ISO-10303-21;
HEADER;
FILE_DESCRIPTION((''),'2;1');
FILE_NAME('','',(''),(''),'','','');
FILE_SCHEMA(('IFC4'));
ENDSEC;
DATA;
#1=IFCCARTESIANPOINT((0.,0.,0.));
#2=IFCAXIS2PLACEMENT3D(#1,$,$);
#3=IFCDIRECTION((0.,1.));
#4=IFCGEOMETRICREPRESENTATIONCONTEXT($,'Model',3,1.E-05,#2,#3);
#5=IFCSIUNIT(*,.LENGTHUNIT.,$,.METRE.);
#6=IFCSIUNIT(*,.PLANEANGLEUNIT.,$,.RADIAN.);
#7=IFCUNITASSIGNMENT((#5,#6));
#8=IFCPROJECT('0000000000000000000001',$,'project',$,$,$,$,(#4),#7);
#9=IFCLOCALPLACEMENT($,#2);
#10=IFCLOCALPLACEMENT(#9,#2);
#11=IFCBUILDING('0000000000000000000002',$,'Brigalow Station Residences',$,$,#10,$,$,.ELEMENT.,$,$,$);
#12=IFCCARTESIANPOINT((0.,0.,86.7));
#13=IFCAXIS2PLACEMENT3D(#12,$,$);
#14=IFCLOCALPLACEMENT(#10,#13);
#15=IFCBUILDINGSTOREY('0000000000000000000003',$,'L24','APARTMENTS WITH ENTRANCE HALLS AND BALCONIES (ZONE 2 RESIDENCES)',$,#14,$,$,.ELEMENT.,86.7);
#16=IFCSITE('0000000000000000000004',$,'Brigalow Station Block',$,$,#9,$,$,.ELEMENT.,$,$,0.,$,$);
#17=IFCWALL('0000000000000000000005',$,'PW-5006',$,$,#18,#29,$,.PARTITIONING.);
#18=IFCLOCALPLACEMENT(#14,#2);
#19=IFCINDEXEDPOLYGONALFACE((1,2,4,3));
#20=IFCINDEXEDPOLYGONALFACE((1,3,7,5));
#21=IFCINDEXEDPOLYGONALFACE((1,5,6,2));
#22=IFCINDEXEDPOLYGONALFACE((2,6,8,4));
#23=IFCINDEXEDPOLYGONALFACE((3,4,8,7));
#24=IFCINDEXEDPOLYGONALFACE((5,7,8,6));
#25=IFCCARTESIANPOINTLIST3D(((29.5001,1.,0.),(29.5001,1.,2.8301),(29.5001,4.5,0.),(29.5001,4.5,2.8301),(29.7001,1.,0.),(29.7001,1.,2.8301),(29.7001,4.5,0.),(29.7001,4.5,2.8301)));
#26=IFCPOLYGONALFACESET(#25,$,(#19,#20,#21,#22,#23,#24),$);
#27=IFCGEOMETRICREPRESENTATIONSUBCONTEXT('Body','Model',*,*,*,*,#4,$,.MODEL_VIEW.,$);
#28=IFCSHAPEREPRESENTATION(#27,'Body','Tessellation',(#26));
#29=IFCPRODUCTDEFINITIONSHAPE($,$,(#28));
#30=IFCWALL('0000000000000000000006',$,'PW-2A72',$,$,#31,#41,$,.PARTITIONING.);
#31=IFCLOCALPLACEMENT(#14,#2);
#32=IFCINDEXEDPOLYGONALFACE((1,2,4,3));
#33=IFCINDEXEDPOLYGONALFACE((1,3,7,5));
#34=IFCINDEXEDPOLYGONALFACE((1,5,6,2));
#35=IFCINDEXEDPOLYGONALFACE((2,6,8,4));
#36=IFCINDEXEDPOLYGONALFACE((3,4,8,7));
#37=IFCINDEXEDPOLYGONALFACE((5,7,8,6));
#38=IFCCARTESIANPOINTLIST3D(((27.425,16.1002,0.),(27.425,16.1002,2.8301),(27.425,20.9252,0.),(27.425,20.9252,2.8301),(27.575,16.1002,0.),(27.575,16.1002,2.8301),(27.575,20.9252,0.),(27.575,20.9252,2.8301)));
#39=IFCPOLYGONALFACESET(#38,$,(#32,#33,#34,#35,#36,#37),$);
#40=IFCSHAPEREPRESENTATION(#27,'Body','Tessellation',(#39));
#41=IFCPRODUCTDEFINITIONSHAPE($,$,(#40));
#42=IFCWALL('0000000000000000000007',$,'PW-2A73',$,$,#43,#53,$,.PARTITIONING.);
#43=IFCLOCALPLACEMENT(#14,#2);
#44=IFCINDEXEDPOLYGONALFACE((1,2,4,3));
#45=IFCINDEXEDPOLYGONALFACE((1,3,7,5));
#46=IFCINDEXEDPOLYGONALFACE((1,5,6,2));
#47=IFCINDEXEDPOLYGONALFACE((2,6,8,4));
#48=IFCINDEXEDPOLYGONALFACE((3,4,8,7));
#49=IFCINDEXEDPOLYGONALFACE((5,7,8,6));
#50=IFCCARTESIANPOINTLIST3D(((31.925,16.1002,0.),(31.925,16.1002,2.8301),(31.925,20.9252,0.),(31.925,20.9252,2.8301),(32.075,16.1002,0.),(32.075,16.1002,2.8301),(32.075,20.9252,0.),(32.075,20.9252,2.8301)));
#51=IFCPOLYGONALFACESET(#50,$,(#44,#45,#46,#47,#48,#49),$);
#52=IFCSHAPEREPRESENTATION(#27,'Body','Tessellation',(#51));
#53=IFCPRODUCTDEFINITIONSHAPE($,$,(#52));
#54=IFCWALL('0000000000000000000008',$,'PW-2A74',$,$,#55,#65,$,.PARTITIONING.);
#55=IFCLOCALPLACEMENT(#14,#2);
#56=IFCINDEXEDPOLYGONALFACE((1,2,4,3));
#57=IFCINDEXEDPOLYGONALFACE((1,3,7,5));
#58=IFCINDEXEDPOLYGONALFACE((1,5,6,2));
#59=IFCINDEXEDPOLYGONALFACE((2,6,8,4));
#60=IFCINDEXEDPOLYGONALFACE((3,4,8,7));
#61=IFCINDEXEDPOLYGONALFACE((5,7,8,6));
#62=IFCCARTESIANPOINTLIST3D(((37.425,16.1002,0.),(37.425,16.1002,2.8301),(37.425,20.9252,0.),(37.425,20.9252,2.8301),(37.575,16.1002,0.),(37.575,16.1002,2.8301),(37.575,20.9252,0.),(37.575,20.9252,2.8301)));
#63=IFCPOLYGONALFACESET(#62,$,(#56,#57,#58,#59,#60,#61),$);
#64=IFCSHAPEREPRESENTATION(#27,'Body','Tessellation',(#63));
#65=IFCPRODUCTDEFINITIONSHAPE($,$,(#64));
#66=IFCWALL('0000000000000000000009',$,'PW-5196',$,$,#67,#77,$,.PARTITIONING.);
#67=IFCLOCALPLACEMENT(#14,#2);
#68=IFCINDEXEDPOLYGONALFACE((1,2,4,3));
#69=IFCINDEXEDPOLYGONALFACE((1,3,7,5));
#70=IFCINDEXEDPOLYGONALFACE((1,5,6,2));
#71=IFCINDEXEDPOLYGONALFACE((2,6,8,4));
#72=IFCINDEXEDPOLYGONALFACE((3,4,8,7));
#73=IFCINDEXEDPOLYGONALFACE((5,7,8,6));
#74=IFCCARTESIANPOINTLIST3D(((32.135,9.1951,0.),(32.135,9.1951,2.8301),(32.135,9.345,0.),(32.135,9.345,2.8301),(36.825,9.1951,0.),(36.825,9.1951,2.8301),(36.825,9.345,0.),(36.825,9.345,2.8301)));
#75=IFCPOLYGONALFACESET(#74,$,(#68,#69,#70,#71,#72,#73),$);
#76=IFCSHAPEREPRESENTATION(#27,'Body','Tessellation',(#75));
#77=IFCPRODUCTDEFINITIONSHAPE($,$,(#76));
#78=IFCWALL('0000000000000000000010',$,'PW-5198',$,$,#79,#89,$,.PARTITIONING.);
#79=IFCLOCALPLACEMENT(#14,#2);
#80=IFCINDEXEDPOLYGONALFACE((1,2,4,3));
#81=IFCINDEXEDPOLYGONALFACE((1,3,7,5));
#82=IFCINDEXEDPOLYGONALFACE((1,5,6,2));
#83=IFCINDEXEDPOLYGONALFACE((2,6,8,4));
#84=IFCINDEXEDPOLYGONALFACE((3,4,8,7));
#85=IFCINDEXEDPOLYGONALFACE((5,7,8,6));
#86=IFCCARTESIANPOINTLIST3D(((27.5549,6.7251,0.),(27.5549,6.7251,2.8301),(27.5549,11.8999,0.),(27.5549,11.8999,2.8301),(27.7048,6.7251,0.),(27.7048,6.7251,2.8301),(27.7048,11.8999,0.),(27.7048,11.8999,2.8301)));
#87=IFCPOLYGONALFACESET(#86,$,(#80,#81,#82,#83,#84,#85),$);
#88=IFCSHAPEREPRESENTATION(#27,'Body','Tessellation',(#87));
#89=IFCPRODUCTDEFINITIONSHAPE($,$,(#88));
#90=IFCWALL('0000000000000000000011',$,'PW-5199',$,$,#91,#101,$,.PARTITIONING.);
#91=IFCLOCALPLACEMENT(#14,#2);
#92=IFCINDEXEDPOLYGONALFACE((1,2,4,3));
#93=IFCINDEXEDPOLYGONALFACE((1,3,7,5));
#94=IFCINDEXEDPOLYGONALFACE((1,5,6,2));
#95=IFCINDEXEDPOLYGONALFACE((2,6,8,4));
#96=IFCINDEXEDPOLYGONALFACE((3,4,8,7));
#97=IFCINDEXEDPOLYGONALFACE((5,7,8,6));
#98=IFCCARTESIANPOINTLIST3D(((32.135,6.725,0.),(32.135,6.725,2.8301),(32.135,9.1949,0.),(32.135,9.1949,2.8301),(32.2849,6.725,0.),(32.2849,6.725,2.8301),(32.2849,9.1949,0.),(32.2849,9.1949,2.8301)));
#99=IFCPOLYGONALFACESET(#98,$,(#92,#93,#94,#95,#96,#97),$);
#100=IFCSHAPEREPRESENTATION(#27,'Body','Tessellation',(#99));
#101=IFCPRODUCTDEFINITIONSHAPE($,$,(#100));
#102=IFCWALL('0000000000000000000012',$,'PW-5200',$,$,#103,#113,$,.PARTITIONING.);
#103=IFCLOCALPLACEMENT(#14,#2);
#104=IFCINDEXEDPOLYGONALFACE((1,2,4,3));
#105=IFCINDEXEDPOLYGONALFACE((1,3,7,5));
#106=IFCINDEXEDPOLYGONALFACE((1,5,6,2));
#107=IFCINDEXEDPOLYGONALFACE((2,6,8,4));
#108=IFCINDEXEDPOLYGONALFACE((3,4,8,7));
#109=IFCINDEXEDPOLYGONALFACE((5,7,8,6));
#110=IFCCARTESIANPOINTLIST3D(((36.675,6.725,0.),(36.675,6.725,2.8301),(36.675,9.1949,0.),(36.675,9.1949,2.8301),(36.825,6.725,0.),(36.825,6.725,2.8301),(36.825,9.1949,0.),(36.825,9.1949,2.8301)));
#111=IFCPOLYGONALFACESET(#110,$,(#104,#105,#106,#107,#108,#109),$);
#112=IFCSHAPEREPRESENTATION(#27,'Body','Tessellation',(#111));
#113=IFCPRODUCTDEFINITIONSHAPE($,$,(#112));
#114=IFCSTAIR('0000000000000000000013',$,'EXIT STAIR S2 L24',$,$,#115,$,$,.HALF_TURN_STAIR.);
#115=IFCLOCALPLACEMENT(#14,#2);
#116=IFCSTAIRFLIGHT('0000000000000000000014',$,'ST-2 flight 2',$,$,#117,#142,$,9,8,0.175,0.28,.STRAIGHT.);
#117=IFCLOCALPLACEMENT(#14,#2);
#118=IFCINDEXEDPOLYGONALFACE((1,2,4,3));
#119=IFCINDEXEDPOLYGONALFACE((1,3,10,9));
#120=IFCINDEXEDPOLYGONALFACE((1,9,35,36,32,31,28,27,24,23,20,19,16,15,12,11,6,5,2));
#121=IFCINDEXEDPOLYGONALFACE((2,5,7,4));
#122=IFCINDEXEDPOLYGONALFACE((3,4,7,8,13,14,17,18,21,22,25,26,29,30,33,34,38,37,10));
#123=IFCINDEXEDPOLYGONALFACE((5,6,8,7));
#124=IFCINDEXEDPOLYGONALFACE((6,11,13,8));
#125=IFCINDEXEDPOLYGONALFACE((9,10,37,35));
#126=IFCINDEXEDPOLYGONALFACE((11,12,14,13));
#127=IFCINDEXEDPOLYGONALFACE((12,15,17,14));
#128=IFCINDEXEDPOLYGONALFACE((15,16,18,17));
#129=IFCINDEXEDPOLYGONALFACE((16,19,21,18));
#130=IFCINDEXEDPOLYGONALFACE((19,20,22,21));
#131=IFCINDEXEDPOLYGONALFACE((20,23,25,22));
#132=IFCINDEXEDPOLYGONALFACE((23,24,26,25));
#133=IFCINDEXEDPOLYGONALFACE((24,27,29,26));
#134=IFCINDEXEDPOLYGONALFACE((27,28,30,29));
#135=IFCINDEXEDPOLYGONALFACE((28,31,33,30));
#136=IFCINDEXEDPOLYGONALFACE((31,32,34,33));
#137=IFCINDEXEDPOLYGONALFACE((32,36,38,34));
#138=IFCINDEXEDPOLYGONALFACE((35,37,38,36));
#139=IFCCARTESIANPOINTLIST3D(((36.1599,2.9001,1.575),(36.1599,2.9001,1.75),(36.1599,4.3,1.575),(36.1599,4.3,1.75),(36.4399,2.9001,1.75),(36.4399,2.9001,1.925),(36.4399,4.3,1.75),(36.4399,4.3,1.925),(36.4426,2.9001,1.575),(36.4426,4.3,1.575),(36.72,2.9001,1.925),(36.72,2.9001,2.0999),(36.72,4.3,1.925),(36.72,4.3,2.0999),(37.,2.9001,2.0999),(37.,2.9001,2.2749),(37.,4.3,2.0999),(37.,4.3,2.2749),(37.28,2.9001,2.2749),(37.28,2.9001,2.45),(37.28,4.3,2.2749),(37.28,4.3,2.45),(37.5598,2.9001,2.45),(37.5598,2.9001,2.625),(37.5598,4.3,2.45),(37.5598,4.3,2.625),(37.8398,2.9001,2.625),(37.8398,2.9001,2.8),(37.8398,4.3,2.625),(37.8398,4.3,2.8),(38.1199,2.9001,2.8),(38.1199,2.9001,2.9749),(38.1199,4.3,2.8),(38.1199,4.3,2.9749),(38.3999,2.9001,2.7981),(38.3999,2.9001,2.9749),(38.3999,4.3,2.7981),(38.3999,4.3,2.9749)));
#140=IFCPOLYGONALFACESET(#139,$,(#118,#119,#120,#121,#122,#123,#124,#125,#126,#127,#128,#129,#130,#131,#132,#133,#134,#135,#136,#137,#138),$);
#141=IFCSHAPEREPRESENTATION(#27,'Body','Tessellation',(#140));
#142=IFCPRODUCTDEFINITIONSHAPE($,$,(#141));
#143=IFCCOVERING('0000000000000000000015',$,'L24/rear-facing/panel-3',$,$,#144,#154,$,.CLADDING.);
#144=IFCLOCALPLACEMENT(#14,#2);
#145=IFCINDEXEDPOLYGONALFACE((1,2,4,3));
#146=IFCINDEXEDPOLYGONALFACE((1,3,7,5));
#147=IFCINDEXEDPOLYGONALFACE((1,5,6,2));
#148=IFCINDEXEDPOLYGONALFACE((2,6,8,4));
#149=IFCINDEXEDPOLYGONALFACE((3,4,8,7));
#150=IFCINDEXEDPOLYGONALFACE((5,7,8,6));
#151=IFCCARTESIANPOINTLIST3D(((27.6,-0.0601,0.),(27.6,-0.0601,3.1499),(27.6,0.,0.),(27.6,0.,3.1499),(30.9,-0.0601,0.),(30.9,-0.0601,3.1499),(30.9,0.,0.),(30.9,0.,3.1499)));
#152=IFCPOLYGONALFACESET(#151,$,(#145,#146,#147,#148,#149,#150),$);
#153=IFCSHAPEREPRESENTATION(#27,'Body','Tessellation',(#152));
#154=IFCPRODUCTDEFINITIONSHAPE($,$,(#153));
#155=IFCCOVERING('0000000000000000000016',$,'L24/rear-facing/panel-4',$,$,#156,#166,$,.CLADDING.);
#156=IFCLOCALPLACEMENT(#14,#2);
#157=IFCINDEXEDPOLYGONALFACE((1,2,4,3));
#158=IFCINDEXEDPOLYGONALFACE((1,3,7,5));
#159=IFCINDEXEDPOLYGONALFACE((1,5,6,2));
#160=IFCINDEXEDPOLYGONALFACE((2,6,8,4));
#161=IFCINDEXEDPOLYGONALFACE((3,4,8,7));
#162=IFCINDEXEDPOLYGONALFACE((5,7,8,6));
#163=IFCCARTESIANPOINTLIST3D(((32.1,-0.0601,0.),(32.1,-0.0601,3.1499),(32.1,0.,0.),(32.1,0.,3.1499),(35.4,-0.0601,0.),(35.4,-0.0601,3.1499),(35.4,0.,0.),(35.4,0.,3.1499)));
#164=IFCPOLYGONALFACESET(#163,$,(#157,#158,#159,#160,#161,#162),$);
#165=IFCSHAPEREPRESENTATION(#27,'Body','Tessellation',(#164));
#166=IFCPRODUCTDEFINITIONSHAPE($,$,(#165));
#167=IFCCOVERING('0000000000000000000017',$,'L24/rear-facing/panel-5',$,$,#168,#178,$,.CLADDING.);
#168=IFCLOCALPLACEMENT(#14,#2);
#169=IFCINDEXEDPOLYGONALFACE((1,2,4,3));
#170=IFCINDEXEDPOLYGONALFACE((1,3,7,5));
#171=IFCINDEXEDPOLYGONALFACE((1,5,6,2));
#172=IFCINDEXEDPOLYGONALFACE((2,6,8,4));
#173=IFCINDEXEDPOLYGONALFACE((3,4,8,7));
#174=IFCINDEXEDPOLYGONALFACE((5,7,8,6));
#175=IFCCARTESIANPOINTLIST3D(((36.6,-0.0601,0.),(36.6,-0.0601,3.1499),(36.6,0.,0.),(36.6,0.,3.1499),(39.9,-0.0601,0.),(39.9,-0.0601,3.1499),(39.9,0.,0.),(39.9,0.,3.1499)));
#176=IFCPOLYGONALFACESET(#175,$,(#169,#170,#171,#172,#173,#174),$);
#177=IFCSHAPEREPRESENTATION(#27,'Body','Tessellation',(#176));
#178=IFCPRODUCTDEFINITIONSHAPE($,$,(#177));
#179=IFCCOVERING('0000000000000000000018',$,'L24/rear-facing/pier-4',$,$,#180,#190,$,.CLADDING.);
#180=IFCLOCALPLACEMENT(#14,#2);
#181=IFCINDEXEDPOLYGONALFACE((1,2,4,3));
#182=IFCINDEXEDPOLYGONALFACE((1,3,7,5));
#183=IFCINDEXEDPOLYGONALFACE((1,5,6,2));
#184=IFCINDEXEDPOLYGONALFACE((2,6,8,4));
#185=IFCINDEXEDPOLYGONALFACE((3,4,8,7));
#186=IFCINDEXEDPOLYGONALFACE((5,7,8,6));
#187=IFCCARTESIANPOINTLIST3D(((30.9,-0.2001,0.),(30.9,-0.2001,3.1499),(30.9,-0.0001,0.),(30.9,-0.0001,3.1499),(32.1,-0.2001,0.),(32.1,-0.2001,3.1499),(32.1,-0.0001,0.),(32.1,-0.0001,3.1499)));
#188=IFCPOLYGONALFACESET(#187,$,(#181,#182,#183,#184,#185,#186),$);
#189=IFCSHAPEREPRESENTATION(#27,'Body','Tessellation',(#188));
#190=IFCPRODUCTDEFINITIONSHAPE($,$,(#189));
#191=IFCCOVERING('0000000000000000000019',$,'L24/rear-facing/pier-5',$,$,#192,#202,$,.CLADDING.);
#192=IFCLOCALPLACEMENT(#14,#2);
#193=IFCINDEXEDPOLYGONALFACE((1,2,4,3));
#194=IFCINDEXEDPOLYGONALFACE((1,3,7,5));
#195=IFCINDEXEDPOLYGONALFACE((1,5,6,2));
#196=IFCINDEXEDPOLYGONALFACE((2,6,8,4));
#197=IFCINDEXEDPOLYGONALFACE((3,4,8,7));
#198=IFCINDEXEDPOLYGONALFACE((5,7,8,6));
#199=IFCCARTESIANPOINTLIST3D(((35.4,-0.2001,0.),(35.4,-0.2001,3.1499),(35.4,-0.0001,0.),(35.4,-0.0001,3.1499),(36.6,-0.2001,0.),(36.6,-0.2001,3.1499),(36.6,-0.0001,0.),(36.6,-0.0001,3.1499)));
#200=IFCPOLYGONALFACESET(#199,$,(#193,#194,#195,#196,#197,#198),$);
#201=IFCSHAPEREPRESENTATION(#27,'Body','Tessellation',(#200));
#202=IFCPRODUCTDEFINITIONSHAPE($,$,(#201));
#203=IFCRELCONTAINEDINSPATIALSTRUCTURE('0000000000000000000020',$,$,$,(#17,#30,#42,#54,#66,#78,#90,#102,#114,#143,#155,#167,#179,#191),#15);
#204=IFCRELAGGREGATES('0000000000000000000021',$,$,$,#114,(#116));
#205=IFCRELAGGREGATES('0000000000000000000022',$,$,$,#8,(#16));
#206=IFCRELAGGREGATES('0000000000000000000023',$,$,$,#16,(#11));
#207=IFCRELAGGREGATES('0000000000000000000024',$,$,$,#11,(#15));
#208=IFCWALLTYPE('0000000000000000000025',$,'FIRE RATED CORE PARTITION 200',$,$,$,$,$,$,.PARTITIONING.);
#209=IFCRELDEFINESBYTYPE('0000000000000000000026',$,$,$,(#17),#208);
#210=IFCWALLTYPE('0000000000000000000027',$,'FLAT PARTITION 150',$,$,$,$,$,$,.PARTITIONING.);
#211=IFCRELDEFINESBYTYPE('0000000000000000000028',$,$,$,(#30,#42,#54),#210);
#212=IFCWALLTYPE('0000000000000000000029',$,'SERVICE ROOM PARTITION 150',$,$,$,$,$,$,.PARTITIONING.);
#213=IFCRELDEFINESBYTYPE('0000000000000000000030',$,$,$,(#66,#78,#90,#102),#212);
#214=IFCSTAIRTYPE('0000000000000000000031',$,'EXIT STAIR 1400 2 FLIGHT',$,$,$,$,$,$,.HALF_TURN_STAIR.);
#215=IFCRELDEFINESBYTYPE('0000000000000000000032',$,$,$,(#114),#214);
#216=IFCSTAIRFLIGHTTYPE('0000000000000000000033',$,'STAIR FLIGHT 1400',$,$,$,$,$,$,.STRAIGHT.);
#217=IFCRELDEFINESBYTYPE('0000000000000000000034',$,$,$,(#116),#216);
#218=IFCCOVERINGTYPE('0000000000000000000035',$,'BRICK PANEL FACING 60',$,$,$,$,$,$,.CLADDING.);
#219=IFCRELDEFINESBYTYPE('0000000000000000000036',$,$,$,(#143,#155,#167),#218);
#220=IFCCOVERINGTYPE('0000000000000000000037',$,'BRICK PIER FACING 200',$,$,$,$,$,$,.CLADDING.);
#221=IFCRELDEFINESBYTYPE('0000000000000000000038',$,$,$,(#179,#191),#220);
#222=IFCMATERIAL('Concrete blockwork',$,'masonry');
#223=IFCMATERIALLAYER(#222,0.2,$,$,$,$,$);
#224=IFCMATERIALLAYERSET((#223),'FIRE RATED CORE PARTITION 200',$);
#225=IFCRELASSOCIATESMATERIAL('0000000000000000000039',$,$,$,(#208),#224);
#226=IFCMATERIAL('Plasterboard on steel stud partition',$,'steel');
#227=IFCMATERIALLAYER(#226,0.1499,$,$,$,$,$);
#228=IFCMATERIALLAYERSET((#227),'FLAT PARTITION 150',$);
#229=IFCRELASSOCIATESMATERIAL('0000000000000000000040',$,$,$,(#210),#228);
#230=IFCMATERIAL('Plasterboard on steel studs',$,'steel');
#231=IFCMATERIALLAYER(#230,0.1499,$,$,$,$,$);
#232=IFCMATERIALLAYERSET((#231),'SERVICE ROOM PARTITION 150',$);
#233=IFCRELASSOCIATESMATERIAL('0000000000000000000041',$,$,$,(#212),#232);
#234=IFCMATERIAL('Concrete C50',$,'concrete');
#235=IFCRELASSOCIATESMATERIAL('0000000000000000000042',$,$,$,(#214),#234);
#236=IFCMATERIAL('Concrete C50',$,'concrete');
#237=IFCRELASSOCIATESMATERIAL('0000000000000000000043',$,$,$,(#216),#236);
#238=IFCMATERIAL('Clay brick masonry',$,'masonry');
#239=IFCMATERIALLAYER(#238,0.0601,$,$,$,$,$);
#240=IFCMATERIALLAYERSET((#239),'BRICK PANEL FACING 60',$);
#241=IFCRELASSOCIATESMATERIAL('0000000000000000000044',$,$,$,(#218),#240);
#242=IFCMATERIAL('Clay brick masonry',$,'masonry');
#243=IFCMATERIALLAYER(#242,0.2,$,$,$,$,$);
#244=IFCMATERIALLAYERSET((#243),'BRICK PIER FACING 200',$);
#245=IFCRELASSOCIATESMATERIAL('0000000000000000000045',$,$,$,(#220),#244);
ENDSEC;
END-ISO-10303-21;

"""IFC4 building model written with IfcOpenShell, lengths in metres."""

from ifc_helpers import new_model, si_unit, direction, frame, frame_2d, origin, origin_2d, place, context, subcontext, project, spatial, polyline, rectangle, outline, extrude, material, layer, layer_set, type_object, element, aggregate, save


model = new_model("IFC4")

# Units and contexts
model_context = context("Model", 3, precision=1e-05, world=origin(), true_north=direction((0.0, 1.0)))
body_context = subcontext(model_context, "Body", "Model", "MODEL_VIEW")
ifc_project = project(units=[si_unit("LENGTHUNIT", "METRE"), si_unit("PLANEANGLEUNIT", "RADIAN")], contexts=[model_context])

# Site, building, storey
site_placement = place(None, origin())
site = spatial("IfcSite", under=ifc_project, at=site_placement, Name="Brigalow Station Block", CompositionType="ELEMENT", RefElevation=0.0)
building_placement = place(site_placement, origin())
building = spatial("IfcBuilding", under=site, at=building_placement, Name="Brigalow Station Residences", CompositionType="ELEMENT")
storey_placement = place(building_placement, frame((0.0, 0.0, 86.7)))
storey = spatial("IfcBuildingStorey", under=building, at=storey_placement, Name="L24", Description="APARTMENTS WITH ENTRANCE HALLS AND BALCONIES (ZONE 2 RESIDENCES)", CompositionType="ELEMENT", Elevation=86.7)

# Shared definitions
ifc_material_1 = material(Name="Concrete blockwork", Category="masonry")
ifc_layer_1 = layer(ifc_material_1, 0.2)
ifc_layer_set_1 = layer_set([ifc_layer_1], Name="FIRE RATED CORE PARTITION 200")
wall_type_1 = type_object("IfcWallType", Name="FIRE RATED CORE PARTITION 200", PredefinedType="PARTITIONING", material=ifc_layer_set_1)

# Walls
wall_1_placement = place(storey_placement, frame((29.6001, 1.0, 0.0), z_axis=(0.0, 0.0, 1.0), x_axis=(0.0, 1.0, 0.0)))
element("IfcWall", 1, at=wall_1_placement, inside=storey, type_object=wall_type_1, Name="PW-5006", PredefinedType="PARTITIONING", context=body_context, shape_type="SweptSolid", body=[
    extrude(rectangle(XDim=3.5, YDim=0.2, at=frame_2d((1.75, 0.0))), origin(), (0.0, 0.0, 1.0), 2.8301),
])
ifc_material_2 = material(Name="Plasterboard on steel stud partition", Category="steel")
ifc_layer_2 = layer(ifc_material_2, 0.1499)
ifc_layer_set_2 = layer_set([ifc_layer_2], Name="FLAT PARTITION 150")
wall_type_2 = type_object("IfcWallType", Name="FLAT PARTITION 150", PredefinedType="PARTITIONING", material=ifc_layer_set_2)
for number, where, z_axis, x_axis, name in (
    (2, (27.5, 16.1001, 0.0), (0.0, 0.0, 1.0), (0.0, 1.0, 0.0), "PW-2A72"),
    (3, (32.0, 16.1001, 0.0), (0.0, 0.0, 1.0), (0.0, 1.0, 0.0), "PW-2A73"),
    (4, (37.5, 16.1001, 0.0), (0.0, 0.0, 1.0), (0.0, 1.0, 0.0), "PW-2A74"),
):
    element("IfcWall", number, at=place(storey_placement, frame(where, z_axis=z_axis, x_axis=x_axis)), inside=storey, type_object=wall_type_2, Name=name, PredefinedType="PARTITIONING", context=body_context, shape_type="SweptSolid", body=[
        extrude(rectangle(XDim=4.825, YDim=0.1499, at=frame_2d((2.4126, 0.0))), origin(), (0.0, 0.0, 1.0), 2.8301),
    ])
ifc_material_3 = material(Name="Plasterboard on steel studs", Category="steel")
ifc_layer_3 = layer(ifc_material_3, 0.1499)
ifc_layer_set_3 = layer_set([ifc_layer_3], Name="SERVICE ROOM PARTITION 150")
wall_type_3 = type_object("IfcWallType", Name="SERVICE ROOM PARTITION 150", PredefinedType="PARTITIONING", material=ifc_layer_set_3)
wall_2_placement = place(storey_placement, frame((32.135, 9.27, 0.0), z_axis=(0.0, 0.0, 1.0), x_axis=(1.0, 0.0, 0.0)))
element("IfcWall", 5, at=wall_2_placement, inside=storey, type_object=wall_type_3, Name="PW-5196", PredefinedType="PARTITIONING", context=body_context, shape_type="SweptSolid", body=[
    extrude(rectangle(XDim=4.6899, YDim=0.1499, at=frame_2d((2.345, 0.0))), origin(), (0.0, 0.0, 1.0), 2.8301),
])
wall_3_placement = place(storey_placement, frame((27.6299, 6.7251, 0.0), z_axis=(0.0, 0.0, 1.0), x_axis=(0.0, 1.0, 0.0)))
element("IfcWall", 6, at=wall_3_placement, inside=storey, type_object=wall_type_3, Name="PW-5198", PredefinedType="PARTITIONING", context=body_context, shape_type="SweptSolid", body=[
    extrude(rectangle(XDim=5.1748, YDim=0.1499, at=frame_2d((2.5874, 0.0))), origin(), (0.0, 0.0, 1.0), 2.8301),
])
for number, where, z_axis, x_axis, name in (
    (7, (32.21, 6.7251, 0.0), (0.0, 0.0, 1.0), (0.0, 1.0, 0.0), "PW-5199"),
    (8, (36.75, 6.7251, 0.0), (0.0, 0.0, 1.0), (0.0, 1.0, 0.0), "PW-5200"),
):
    element("IfcWall", number, at=place(storey_placement, frame(where, z_axis=z_axis, x_axis=x_axis)), inside=storey, type_object=wall_type_3, Name=name, PredefinedType="PARTITIONING", context=body_context, shape_type="SweptSolid", body=[
        extrude(rectangle(XDim=2.47, YDim=0.1499, at=frame_2d((1.2349, 0.0))), origin(), (0.0, 0.0, 1.0), 2.8301),
    ])

# Stair, stair flight
ifc_material_4 = material(Name="Concrete C50", Category="concrete")
stair_type = type_object("IfcStairType", Name="EXIT STAIR 1400 2 FLIGHT", PredefinedType="HALF_TURN_STAIR", material=ifc_material_4)
stair_placement = place(storey_placement, origin())
stair = element("IfcStair", 9, at=stair_placement, inside=storey, type_object=stair_type, Name="EXIT STAIR S2 L24", PredefinedType="HALF_TURN_STAIR")
ifc_material_5 = material(Name="Concrete C50", Category="concrete")
stair_flight_type = type_object("IfcStairFlightType", Name="STAIR FLIGHT 1400", PredefinedType="STRAIGHT", material=ifc_material_5)
stair_flight_placement = place(storey_placement, frame((36.1599, 3.6001, 1.575), z_axis=(0.0, 0.0, 1.0), x_axis=(1.0, 0.0, 0.0)))
stair_flight = element("IfcStairFlight", 10, at=stair_flight_placement, type_object=stair_flight_type, Name="ST-2 flight 2", NumberOfRisers=9, NumberOfTreads=8, PredefinedType="STRAIGHT", RiserHeight=0.175, TreadLength=0.28, context=body_context, shape_type="SweptSolid", body=[
    extrude(outline(polyline([(0.0, 0.0), (0.0, 0.175), (0.28, 0.175), (0.28, 0.3501), (0.5601, 0.3501), (0.5601, 0.5249), (0.8401, 0.5249), (0.8401, 0.7), (1.1201, 0.7), (1.1201, 0.875), (1.3999, 0.875), (1.3999, 1.05), (1.6799, 1.05), (1.6799, 1.2251), (1.96, 1.2251), (1.96, 1.3999), (2.24, 1.3999), (2.24, 1.575), (2.24, 1.2231), (0.2827, 0.0), (0.0, 0.0)])), frame((0.0, 0.7, 0.0), z_axis=(0.0, -1.0, 0.0), x_axis=(1.0, 0.0, 0.0)), (0.0, 0.0, 1.0), 1.3999),
])
aggregate(stair, [stair_flight])

# Coverings
ifc_material_6 = material(Name="Clay brick masonry", Category="masonry")
ifc_layer_4 = layer(ifc_material_6, 0.0601)
ifc_layer_set_4 = layer_set([ifc_layer_4], Name="BRICK PANEL FACING 60")
covering_type_1 = type_object("IfcCoveringType", Name="BRICK PANEL FACING 60", PredefinedType="CLADDING", material=ifc_layer_set_4)
for number, where, z_axis, x_axis, name in (
    (11, (29.25, -0.03, 0.0), (0.0, 0.0, 1.0), (1.0, 0.0, 0.0), "L24/rear-facing/panel-3"),
    (12, (33.75, -0.03, 0.0), (0.0, 0.0, 1.0), (1.0, 0.0, 0.0), "L24/rear-facing/panel-4"),
    (13, (38.25, -0.03, 0.0), (0.0, 0.0, 1.0), (1.0, 0.0, 0.0), "L24/rear-facing/panel-5"),
):
    element("IfcCovering", number, at=place(storey_placement, frame(where, z_axis=z_axis, x_axis=x_axis)), inside=storey, type_object=covering_type_1, Name=name, PredefinedType="CLADDING", context=body_context, shape_type="SweptSolid", body=[
        extrude(rectangle(XDim=3.3, YDim=0.0601, at=origin_2d()), origin(), (0.0, 0.0, 1.0), 3.1499),
    ])
ifc_material_7 = material(Name="Clay brick masonry", Category="masonry")
ifc_layer_5 = layer(ifc_material_7, 0.2)
ifc_layer_set_5 = layer_set([ifc_layer_5], Name="BRICK PIER FACING 200")
covering_type_2 = type_object("IfcCoveringType", Name="BRICK PIER FACING 200", PredefinedType="CLADDING", material=ifc_layer_set_5)
for number, where, z_axis, x_axis, name in (
    (14, (31.5, -0.1001, 0.0), (0.0, 0.0, 1.0), (1.0, 0.0, 0.0), "L24/rear-facing/pier-4"),
    (15, (36.0, -0.1001, 0.0), (0.0, 0.0, 1.0), (1.0, 0.0, 0.0), "L24/rear-facing/pier-5"),
):
    element("IfcCovering", number, at=place(storey_placement, frame(where, z_axis=z_axis, x_axis=x_axis)), inside=storey, type_object=covering_type_2, Name=name, PredefinedType="CLADDING", context=body_context, shape_type="SweptSolid", body=[
        extrude(rectangle(XDim=1.2, YDim=0.2, at=origin_2d()), origin(), (0.0, 0.0, 1.0), 3.1499),
    ])

save(model, "model.ifc")
